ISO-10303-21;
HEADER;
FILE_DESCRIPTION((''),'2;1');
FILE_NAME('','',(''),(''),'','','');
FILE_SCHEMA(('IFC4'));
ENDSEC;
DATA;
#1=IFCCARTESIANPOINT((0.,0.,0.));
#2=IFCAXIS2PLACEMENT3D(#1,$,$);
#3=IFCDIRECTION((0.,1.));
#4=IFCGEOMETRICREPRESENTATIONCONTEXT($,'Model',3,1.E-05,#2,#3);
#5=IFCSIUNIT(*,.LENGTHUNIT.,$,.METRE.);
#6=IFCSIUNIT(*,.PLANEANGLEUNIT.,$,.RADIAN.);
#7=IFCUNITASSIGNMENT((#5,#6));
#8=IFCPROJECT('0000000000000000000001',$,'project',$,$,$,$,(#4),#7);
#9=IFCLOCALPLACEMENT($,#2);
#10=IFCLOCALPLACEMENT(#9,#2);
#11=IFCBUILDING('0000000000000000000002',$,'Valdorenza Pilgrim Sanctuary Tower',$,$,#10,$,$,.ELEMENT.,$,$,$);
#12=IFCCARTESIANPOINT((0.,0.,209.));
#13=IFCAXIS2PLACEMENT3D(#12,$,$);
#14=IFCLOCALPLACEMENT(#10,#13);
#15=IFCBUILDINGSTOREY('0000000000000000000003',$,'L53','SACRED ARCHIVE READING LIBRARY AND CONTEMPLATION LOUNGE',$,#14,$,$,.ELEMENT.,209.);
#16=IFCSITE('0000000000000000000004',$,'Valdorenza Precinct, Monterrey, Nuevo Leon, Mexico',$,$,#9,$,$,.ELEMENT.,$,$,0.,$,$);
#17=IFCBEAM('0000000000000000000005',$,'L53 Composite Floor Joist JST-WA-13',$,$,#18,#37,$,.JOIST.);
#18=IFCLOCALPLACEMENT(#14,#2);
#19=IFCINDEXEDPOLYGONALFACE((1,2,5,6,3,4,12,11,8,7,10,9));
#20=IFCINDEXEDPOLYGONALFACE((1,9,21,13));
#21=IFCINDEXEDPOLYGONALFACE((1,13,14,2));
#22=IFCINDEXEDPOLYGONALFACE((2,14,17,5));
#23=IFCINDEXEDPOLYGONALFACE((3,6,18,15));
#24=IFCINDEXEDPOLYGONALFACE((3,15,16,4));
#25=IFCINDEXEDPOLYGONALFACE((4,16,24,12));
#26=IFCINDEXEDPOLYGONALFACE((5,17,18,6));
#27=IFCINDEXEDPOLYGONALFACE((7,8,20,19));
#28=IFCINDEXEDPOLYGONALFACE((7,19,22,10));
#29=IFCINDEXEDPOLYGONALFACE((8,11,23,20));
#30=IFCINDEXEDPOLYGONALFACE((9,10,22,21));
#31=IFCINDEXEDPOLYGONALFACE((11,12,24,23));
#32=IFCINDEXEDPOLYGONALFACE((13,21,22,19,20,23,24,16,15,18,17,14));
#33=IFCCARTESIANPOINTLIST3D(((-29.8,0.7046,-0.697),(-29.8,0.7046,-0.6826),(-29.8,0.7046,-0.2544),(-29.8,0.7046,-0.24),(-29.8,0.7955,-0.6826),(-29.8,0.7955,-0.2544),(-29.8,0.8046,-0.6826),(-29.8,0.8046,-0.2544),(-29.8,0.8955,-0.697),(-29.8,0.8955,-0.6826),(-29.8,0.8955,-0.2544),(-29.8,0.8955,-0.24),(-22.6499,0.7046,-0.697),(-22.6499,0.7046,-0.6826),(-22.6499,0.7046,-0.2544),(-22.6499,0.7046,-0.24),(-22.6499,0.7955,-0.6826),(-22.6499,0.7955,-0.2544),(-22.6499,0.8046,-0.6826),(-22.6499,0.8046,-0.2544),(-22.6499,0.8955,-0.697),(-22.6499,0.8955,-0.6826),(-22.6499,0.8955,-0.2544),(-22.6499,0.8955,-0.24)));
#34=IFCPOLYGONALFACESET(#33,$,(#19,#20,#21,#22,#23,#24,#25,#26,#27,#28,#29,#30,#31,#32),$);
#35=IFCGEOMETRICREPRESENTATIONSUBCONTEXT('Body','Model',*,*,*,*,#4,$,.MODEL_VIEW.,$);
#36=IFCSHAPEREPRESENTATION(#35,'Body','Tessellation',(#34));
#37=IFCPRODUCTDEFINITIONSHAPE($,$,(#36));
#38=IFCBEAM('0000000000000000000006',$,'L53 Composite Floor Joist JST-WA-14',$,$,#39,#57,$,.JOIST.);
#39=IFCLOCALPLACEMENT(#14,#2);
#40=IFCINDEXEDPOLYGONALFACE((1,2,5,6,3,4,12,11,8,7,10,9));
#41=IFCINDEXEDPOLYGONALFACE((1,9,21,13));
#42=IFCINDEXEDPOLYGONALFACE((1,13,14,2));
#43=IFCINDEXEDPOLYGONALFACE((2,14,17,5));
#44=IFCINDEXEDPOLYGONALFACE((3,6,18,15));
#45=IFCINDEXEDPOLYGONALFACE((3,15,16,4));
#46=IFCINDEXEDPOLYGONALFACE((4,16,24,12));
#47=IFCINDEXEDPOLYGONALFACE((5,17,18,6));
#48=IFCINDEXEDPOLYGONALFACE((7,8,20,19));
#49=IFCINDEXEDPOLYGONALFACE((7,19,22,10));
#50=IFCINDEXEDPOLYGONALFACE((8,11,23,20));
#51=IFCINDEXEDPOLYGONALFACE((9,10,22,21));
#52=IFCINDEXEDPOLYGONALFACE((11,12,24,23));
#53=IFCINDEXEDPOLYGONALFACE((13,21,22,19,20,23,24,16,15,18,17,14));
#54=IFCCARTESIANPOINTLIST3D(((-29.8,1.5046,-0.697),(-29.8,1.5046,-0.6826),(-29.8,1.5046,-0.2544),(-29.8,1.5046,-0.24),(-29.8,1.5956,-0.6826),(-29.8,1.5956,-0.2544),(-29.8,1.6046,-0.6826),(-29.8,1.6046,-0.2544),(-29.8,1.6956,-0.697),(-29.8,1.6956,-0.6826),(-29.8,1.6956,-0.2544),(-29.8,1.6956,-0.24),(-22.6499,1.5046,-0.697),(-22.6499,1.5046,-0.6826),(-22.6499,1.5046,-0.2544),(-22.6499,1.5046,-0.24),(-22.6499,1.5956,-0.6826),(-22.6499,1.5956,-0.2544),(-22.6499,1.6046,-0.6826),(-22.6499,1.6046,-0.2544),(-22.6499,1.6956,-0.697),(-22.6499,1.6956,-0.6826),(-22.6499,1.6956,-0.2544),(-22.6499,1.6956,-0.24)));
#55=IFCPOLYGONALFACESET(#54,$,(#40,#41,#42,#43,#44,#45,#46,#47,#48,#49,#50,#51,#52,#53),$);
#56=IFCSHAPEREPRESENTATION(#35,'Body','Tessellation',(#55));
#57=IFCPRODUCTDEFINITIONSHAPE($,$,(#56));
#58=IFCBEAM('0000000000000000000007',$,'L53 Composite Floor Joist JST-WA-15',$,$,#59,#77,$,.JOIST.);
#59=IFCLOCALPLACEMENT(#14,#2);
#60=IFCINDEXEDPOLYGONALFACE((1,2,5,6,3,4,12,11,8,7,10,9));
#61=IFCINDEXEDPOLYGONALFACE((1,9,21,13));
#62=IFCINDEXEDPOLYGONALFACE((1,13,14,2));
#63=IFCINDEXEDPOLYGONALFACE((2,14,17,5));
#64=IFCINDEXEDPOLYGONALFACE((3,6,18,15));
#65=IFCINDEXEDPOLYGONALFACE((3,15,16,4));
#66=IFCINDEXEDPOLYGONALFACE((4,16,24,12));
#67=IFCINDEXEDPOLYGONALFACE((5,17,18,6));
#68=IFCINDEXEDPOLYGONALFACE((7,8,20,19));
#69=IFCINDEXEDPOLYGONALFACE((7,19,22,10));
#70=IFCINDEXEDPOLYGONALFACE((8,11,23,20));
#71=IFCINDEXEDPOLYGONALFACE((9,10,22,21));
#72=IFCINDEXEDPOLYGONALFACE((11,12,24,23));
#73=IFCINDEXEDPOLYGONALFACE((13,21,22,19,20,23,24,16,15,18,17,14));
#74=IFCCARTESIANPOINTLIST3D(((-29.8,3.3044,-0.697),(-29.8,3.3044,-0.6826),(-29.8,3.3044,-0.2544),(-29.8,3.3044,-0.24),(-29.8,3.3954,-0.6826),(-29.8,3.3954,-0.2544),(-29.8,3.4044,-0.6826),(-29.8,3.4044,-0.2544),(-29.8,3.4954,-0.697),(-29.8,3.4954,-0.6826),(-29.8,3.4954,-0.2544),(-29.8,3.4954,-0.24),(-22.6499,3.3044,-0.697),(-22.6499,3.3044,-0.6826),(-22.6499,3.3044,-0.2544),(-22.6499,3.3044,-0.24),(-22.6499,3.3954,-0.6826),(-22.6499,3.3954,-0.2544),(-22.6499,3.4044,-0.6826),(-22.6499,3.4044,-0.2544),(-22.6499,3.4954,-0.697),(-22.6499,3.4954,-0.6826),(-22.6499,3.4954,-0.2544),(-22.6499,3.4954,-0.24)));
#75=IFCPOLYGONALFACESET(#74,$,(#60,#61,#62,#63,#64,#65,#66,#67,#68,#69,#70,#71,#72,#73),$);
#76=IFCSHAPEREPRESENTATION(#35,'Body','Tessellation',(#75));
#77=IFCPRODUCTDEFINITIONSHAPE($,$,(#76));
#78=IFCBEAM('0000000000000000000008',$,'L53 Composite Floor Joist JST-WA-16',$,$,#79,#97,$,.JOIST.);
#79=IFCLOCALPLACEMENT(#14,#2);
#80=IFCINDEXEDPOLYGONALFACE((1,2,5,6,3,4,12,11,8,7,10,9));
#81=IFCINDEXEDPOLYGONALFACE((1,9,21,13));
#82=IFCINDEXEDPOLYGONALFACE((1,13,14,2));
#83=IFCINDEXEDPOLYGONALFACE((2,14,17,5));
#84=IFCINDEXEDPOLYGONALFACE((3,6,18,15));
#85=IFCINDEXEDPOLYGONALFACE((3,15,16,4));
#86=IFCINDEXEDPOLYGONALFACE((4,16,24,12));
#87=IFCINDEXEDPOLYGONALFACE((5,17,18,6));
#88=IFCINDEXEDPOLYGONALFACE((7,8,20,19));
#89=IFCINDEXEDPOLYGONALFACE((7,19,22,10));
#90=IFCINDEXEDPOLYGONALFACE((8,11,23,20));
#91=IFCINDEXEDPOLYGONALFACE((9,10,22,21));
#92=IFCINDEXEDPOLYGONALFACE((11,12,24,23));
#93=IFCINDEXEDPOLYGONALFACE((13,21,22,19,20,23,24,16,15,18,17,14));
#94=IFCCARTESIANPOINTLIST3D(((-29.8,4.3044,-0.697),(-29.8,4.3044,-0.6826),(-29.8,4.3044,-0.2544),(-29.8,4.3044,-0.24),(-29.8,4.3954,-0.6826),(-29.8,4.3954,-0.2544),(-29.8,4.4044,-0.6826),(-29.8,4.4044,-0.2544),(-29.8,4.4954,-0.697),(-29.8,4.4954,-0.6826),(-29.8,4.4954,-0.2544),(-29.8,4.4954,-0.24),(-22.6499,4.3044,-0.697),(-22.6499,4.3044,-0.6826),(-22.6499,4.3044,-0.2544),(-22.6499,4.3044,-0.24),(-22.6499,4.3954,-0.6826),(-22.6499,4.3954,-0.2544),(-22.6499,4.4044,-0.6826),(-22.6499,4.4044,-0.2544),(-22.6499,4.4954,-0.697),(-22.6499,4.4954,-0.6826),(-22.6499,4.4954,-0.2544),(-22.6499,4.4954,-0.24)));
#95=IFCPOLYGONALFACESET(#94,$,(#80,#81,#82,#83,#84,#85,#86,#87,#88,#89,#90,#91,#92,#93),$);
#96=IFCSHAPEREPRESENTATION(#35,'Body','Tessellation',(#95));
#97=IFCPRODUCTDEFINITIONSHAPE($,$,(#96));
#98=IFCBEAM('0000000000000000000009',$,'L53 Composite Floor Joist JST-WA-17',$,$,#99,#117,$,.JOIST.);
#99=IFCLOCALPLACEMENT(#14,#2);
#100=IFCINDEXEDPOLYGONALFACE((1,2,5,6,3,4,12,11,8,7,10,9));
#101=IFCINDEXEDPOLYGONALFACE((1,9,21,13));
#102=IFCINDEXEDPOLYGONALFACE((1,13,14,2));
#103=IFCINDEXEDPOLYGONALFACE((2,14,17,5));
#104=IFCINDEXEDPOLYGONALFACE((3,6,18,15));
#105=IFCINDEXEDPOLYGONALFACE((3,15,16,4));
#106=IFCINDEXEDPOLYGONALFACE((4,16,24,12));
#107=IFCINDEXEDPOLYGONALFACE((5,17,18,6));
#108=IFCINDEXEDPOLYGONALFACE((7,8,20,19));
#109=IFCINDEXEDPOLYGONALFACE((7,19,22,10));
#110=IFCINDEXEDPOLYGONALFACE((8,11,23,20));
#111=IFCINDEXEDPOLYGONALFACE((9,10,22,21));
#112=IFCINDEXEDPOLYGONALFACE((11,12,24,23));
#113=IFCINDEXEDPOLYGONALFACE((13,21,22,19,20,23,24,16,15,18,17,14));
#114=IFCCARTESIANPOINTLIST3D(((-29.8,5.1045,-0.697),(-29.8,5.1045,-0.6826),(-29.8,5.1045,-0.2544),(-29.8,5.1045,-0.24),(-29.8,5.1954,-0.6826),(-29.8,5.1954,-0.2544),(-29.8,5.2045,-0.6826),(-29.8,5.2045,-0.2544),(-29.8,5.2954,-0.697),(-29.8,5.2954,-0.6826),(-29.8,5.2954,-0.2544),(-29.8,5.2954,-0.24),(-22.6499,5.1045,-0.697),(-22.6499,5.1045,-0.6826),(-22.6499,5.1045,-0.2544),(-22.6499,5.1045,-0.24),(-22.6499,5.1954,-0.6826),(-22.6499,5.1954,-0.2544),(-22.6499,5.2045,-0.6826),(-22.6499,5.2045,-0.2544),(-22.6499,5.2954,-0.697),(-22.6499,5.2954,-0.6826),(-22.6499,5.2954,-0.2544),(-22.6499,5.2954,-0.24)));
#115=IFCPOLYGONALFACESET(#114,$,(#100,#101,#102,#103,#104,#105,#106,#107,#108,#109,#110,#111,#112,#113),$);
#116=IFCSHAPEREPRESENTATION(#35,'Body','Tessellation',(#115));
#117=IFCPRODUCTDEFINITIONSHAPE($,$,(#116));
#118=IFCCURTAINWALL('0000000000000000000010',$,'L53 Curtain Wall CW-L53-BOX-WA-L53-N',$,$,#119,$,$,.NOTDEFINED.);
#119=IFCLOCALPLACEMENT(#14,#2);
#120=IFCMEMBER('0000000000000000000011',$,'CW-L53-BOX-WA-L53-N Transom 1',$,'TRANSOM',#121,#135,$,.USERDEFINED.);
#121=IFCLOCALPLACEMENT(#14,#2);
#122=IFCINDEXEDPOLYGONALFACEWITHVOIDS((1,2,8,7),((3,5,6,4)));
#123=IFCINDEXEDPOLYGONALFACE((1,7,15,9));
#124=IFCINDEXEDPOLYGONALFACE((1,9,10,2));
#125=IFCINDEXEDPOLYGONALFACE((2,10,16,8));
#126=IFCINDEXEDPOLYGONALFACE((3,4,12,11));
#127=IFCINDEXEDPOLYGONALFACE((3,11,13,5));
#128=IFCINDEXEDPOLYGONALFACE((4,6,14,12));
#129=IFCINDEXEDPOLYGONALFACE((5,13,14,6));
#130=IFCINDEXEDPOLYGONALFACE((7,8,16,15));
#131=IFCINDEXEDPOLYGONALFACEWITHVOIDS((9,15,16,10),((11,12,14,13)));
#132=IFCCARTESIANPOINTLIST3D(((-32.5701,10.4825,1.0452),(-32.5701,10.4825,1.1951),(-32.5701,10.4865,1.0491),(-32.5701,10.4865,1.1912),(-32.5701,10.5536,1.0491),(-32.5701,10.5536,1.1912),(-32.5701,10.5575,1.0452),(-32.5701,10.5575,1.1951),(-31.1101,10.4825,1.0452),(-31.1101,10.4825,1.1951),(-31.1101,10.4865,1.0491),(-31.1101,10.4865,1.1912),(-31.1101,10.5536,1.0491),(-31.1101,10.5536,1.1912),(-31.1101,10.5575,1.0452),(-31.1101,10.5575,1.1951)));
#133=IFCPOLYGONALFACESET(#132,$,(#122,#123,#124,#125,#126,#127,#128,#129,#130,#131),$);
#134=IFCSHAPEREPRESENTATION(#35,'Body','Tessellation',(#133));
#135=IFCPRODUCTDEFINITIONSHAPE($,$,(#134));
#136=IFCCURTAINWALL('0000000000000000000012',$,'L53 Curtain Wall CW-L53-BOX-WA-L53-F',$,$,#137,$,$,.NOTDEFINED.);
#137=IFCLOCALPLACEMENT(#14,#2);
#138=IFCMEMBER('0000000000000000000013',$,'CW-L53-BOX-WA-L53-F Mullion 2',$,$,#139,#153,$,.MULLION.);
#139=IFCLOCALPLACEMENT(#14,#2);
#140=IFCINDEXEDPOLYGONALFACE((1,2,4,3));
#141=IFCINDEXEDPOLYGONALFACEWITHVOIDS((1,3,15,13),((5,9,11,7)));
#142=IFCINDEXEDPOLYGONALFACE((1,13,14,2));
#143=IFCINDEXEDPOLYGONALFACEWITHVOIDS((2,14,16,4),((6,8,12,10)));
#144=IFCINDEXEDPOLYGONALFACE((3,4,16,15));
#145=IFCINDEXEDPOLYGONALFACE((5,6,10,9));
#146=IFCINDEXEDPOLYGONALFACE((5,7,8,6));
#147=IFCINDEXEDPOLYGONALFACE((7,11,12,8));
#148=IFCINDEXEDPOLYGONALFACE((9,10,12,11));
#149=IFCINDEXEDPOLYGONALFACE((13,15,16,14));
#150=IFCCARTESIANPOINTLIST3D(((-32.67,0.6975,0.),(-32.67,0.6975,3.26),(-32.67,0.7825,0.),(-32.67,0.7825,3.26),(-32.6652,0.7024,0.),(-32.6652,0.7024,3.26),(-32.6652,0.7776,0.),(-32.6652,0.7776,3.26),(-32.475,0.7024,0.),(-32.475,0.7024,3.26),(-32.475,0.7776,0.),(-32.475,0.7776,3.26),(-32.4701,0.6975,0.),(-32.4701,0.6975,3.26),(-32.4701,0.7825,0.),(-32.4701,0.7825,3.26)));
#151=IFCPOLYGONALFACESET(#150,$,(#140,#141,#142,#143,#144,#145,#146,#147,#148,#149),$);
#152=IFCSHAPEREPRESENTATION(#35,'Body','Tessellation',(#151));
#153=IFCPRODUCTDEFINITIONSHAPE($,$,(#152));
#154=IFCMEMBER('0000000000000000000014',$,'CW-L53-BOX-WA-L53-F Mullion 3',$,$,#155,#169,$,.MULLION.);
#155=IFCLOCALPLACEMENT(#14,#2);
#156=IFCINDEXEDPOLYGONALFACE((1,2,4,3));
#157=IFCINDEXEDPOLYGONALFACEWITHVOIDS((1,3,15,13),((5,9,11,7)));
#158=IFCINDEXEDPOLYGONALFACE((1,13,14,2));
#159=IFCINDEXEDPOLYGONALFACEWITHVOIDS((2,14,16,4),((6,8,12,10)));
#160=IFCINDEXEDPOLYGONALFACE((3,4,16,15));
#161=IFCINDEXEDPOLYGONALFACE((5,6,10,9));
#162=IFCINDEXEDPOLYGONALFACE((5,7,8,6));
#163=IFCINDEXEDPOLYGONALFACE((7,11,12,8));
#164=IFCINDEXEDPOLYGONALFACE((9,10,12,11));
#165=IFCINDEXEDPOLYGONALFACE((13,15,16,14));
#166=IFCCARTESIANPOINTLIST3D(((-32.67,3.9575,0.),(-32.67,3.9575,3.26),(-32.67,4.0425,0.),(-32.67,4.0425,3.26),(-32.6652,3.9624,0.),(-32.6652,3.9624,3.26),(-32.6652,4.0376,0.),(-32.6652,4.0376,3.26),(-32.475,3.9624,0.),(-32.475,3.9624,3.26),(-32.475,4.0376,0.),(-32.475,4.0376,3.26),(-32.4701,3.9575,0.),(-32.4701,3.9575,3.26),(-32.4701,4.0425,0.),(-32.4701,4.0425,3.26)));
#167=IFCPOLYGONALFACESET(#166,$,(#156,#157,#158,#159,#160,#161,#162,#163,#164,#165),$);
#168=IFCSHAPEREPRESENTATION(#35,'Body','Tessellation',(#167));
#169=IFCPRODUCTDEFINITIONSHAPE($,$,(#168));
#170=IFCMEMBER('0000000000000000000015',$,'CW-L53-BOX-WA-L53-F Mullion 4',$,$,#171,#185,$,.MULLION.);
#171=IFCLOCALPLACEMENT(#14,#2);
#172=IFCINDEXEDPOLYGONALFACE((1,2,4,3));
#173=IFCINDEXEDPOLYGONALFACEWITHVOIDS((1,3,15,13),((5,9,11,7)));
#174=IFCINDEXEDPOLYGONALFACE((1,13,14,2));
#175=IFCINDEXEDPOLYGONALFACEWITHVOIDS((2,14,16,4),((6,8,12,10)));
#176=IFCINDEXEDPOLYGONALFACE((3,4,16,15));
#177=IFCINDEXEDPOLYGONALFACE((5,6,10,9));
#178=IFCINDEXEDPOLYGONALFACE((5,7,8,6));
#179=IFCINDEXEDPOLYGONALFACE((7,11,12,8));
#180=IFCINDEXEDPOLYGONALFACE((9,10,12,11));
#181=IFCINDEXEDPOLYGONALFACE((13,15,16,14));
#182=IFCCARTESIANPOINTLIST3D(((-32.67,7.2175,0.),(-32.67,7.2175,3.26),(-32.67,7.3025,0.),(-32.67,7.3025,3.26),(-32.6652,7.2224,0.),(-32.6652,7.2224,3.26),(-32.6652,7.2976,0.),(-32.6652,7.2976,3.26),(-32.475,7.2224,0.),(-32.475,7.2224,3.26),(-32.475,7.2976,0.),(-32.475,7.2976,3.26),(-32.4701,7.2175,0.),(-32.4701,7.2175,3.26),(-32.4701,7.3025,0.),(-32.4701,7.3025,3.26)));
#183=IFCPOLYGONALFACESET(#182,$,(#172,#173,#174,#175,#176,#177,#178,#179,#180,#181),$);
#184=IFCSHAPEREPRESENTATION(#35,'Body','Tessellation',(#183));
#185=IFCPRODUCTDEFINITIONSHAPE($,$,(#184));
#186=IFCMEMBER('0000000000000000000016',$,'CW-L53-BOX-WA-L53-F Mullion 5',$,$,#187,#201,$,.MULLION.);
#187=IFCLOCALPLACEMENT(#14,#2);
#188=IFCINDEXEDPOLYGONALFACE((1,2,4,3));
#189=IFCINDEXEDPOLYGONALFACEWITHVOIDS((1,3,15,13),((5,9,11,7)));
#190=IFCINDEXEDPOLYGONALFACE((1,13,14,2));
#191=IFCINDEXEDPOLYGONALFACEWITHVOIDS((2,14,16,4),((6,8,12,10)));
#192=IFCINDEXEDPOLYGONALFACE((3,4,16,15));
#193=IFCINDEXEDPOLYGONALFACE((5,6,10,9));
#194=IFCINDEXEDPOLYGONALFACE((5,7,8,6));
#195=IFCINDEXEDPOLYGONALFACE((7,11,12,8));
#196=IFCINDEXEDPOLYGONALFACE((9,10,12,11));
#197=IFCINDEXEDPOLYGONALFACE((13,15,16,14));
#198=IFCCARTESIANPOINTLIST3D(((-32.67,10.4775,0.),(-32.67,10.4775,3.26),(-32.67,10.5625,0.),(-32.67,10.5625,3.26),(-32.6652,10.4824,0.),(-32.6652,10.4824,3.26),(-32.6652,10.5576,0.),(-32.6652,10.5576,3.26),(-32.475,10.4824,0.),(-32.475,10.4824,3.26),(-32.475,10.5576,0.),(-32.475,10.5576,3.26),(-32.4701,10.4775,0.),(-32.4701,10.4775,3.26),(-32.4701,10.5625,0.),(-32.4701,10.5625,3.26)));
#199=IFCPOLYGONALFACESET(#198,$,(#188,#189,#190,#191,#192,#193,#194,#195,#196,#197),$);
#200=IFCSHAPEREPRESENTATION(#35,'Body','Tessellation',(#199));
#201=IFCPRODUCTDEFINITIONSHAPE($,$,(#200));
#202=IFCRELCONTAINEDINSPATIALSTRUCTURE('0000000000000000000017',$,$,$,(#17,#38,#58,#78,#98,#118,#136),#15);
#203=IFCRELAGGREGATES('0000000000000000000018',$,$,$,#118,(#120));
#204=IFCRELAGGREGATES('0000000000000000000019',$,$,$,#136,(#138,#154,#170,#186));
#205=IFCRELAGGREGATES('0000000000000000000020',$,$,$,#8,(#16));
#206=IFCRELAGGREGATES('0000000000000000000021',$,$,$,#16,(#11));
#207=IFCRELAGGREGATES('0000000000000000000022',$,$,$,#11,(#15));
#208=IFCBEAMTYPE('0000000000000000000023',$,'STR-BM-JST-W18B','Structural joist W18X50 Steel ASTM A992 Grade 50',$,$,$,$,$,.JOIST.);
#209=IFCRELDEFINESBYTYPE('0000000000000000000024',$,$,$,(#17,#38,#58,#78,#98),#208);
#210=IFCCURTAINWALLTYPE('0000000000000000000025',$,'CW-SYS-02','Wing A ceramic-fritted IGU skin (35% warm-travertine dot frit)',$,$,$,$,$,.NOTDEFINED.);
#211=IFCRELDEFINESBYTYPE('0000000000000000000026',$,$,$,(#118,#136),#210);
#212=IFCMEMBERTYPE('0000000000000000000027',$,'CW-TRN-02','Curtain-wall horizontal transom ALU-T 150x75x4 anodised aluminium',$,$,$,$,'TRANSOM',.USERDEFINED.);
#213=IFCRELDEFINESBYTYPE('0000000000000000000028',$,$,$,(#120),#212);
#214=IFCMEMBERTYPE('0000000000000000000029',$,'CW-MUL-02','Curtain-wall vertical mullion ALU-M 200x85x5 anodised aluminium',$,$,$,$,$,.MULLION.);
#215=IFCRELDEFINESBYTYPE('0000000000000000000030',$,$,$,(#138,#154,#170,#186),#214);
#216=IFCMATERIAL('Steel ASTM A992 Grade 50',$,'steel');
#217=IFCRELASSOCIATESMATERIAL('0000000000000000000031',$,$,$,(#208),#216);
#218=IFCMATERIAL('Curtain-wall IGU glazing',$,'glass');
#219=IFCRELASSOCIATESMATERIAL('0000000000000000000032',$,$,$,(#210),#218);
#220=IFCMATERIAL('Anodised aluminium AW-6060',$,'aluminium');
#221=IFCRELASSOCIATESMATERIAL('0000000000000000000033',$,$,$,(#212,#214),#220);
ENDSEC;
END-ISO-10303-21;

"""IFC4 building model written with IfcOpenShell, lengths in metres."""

from ifc_helpers import new_model, si_unit, direction, frame, origin, origin_2d, place, context, subcontext, project, spatial, hollow_rectangle, i_section, extrude, source, transform, mapped, material, material_profile, profile_set, type_object, element, aggregate, save


model = new_model("IFC4")

# Units and contexts
model_context = context("Model", 3, precision=1e-05, world=origin(), true_north=direction((0.0, 1.0)))
body_context = subcontext(model_context, "Body", "Model", "MODEL_VIEW")
ifc_project = project(units=[si_unit("LENGTHUNIT", "METRE"), si_unit("PLANEANGLEUNIT", "RADIAN")], contexts=[model_context])

# Site, building, storey
site_placement = place(None, origin())
site = spatial("IfcSite", under=ifc_project, at=site_placement, Name="Valdorenza Precinct, Monterrey, Nuevo Leon, Mexico", CompositionType="ELEMENT", RefElevation=0.0)
building_placement = place(site_placement, origin())
building = spatial("IfcBuilding", under=site, at=building_placement, Name="Valdorenza Pilgrim Sanctuary Tower", CompositionType="ELEMENT")
storey_placement = place(building_placement, frame((0.0, 0.0, 209.0)))
storey = spatial("IfcBuildingStorey", under=building, at=storey_placement, Name="L53", Description="SACRED ARCHIVE READING LIBRARY AND CONTEMPLATION LOUNGE", CompositionType="ELEMENT", Elevation=209.0)

# Beams
ifc_material_1 = material(Name="Steel ASTM A992 Grade 50", Category="steel")
ifc_material_profile_1 = material_profile(ifc_material_1, i_section(OverallWidth=0.1909, OverallDepth=0.457, WebThickness=0.009, FlangeThickness=0.0144, at=origin_2d()), Name="W18X50")
ifc_profile_set_1 = profile_set([ifc_material_profile_1], Name="Steel ASTM A992 Grade 50")
beam_type = type_object("IfcBeamType", Name="STR-BM-JST-W18B", Description="Structural joist W18X50 Steel ASTM A992 Grade 50", PredefinedType="JOIST", material=ifc_profile_set_1)
shared_shape_1 = source(origin(), body_context, "Body", "SweptSolid", [
    extrude(i_section(OverallWidth=0.1909, OverallDepth=0.457, WebThickness=0.009, FlangeThickness=0.0144, at=origin_2d()), origin(), (0.0, 0.0, 1.0), 7.1501),
])
for number, where, z_axis, x_axis, name in (
    (1, (-29.8, 0.8, -0.4685), (1.0, 0.0, 0.0), (0.0, 1.0, 0.0), "L53 Composite Floor Joist JST-WA-13"),
    (2, (-29.8, 1.6001, -0.4685), (1.0, 0.0, 0.0), (0.0, 1.0, 0.0), "L53 Composite Floor Joist JST-WA-14"),
    (3, (-29.8, 3.3999, -0.4685), (1.0, 0.0, 0.0), (0.0, 1.0, 0.0), "L53 Composite Floor Joist JST-WA-15"),
    (4, (-29.8, 4.3999, -0.4685), (1.0, 0.0, 0.0), (0.0, 1.0, 0.0), "L53 Composite Floor Joist JST-WA-16"),
    (5, (-29.8, 5.2, -0.4685), (1.0, 0.0, 0.0), (0.0, 1.0, 0.0), "L53 Composite Floor Joist JST-WA-17"),
):
    element("IfcBeam", number, at=place(storey_placement, frame(where, z_axis=z_axis, x_axis=x_axis)), inside=storey, type_object=beam_type, Name=name, PredefinedType="JOIST", context=body_context, shape_type="MappedRepresentation", body=[
        mapped(shared_shape_1, transform((0.0, 0.0, 0.0), x_axis=(1.0, 0.0, 0.0), y_axis=(0.0, 1.0, 0.0), z_axis=(0.0, 0.0, 1.0), scale=1.0)),
    ])

# Curtain wall, member
ifc_material_2 = material(Name="Curtain-wall IGU glazing", Category="glass")
curtain_wall_type = type_object("IfcCurtainWallType", Name="CW-SYS-02", Description="Wing A ceramic-fritted IGU skin (35% warm-travertine dot frit)", PredefinedType="NOTDEFINED", material=ifc_material_2)
curtain_wall_1_placement = place(storey_placement, origin())
curtain_wall_1 = element("IfcCurtainWall", 6, at=curtain_wall_1_placement, inside=storey, type_object=curtain_wall_type, Name="L53 Curtain Wall CW-L53-BOX-WA-L53-N", PredefinedType="NOTDEFINED")
ifc_material_3 = material(Name="Anodised aluminium AW-6060", Category="aluminium")
ifc_material_profile_2 = material_profile(ifc_material_3, hollow_rectangle(XDim=0.075, YDim=0.1499, WallThickness=0.0039, at=origin_2d()), Name="ALU-T 150x75x4")
ifc_profile_set_2 = profile_set([ifc_material_profile_2], Name="Anodised aluminium AW-6060")
member_type_1 = type_object("IfcMemberType", Name="CW-TRN-02", Description="Curtain-wall horizontal transom ALU-T 150x75x4 anodised aluminium", ElementType="TRANSOM", PredefinedType="USERDEFINED", material=ifc_profile_set_2)
shared_shape_2 = source(origin(), body_context, "Body", "SweptSolid", [
    extrude(hollow_rectangle(XDim=0.075, YDim=0.1499, WallThickness=0.0039, at=origin_2d()), origin(), (0.0, 0.0, 1.0), 1.46),
])
member_1_placement = place(storey_placement, frame((-32.5701, 10.52, 1.1201), z_axis=(1.0, 0.0, 0.0), x_axis=(0.0, 1.0, 0.0)))
member_1 = element("IfcMember", 7, at=member_1_placement, type_object=member_type_1, Name="CW-L53-BOX-WA-L53-N Transom 1", ObjectType="TRANSOM", PredefinedType="USERDEFINED", context=body_context, shape_type="MappedRepresentation", body=[
    mapped(shared_shape_2, transform((0.0, 0.0, 0.0), x_axis=(1.0, 0.0, 0.0), y_axis=(0.0, 1.0, 0.0), z_axis=(0.0, 0.0, 1.0), scale=1.0)),
])

# Curtain wall, members
curtain_wall_2_placement = place(storey_placement, origin())
curtain_wall_2 = element("IfcCurtainWall", 8, at=curtain_wall_2_placement, inside=storey, type_object=curtain_wall_type, Name="L53 Curtain Wall CW-L53-BOX-WA-L53-F", PredefinedType="NOTDEFINED")
ifc_material_profile_3 = material_profile(ifc_material_3, hollow_rectangle(XDim=0.085, YDim=0.2, WallThickness=0.0049, at=origin_2d()), Name="ALU-M 200x85x5")
ifc_profile_set_3 = profile_set([ifc_material_profile_3], Name="Anodised aluminium AW-6060")
member_type_2 = type_object("IfcMemberType", Name="CW-MUL-02", Description="Curtain-wall vertical mullion ALU-M 200x85x5 anodised aluminium", PredefinedType="MULLION", material=ifc_profile_set_3)
shared_shape_3 = source(origin(), body_context, "Body", "SweptSolid", [
    extrude(hollow_rectangle(XDim=0.085, YDim=0.2, WallThickness=0.0049, at=origin_2d()), origin(), (0.0, 0.0, 1.0), 3.26),
])
member_2_placement = place(storey_placement, frame((-32.5701, 0.74, 0.0), z_axis=(0.0, 0.0, 1.0), x_axis=(0.0, 1.0, 0.0)))
member_2 = element("IfcMember", 9, at=member_2_placement, type_object=member_type_2, Name="CW-L53-BOX-WA-L53-F Mullion 2", PredefinedType="MULLION", context=body_context, shape_type="MappedRepresentation", body=[
    mapped(shared_shape_3, transform((0.0, 0.0, 0.0), x_axis=(1.0, 0.0, 0.0), y_axis=(0.0, 1.0, 0.0), z_axis=(0.0, 0.0, 1.0), scale=1.0)),
])
member_3_placement = place(storey_placement, frame((-32.5701, 4.0, 0.0), z_axis=(0.0, 0.0, 1.0), x_axis=(0.0, 1.0, 0.0)))
member_3 = element("IfcMember", 10, at=member_3_placement, type_object=member_type_2, Name="CW-L53-BOX-WA-L53-F Mullion 3", PredefinedType="MULLION", context=body_context, shape_type="MappedRepresentation", body=[
    mapped(shared_shape_3, transform((0.0, 0.0, 0.0), x_axis=(1.0, 0.0, 0.0), y_axis=(0.0, 1.0, 0.0), z_axis=(0.0, 0.0, 1.0), scale=1.0)),
])
member_4_placement = place(storey_placement, frame((-32.5701, 7.26, 0.0), z_axis=(0.0, 0.0, 1.0), x_axis=(0.0, 1.0, 0.0)))
member_4 = element("IfcMember", 11, at=member_4_placement, type_object=member_type_2, Name="CW-L53-BOX-WA-L53-F Mullion 4", PredefinedType="MULLION", context=body_context, shape_type="MappedRepresentation", body=[
    mapped(shared_shape_3, transform((0.0, 0.0, 0.0), x_axis=(1.0, 0.0, 0.0), y_axis=(0.0, 1.0, 0.0), z_axis=(0.0, 0.0, 1.0), scale=1.0)),
])
member_5_placement = place(storey_placement, frame((-32.5701, 10.52, 0.0), z_axis=(0.0, 0.0, 1.0), x_axis=(0.0, 1.0, 0.0)))
member_5 = element("IfcMember", 12, at=member_5_placement, type_object=member_type_2, Name="CW-L53-BOX-WA-L53-F Mullion 5", PredefinedType="MULLION", context=body_context, shape_type="MappedRepresentation", body=[
    mapped(shared_shape_3, transform((0.0, 0.0, 0.0), x_axis=(1.0, 0.0, 0.0), y_axis=(0.0, 1.0, 0.0), z_axis=(0.0, 0.0, 1.0), scale=1.0)),
])

aggregate(curtain_wall_1, [member_1])
aggregate(curtain_wall_2, [member_2, member_3, member_4, member_5])

save(model, "model.ifc")
